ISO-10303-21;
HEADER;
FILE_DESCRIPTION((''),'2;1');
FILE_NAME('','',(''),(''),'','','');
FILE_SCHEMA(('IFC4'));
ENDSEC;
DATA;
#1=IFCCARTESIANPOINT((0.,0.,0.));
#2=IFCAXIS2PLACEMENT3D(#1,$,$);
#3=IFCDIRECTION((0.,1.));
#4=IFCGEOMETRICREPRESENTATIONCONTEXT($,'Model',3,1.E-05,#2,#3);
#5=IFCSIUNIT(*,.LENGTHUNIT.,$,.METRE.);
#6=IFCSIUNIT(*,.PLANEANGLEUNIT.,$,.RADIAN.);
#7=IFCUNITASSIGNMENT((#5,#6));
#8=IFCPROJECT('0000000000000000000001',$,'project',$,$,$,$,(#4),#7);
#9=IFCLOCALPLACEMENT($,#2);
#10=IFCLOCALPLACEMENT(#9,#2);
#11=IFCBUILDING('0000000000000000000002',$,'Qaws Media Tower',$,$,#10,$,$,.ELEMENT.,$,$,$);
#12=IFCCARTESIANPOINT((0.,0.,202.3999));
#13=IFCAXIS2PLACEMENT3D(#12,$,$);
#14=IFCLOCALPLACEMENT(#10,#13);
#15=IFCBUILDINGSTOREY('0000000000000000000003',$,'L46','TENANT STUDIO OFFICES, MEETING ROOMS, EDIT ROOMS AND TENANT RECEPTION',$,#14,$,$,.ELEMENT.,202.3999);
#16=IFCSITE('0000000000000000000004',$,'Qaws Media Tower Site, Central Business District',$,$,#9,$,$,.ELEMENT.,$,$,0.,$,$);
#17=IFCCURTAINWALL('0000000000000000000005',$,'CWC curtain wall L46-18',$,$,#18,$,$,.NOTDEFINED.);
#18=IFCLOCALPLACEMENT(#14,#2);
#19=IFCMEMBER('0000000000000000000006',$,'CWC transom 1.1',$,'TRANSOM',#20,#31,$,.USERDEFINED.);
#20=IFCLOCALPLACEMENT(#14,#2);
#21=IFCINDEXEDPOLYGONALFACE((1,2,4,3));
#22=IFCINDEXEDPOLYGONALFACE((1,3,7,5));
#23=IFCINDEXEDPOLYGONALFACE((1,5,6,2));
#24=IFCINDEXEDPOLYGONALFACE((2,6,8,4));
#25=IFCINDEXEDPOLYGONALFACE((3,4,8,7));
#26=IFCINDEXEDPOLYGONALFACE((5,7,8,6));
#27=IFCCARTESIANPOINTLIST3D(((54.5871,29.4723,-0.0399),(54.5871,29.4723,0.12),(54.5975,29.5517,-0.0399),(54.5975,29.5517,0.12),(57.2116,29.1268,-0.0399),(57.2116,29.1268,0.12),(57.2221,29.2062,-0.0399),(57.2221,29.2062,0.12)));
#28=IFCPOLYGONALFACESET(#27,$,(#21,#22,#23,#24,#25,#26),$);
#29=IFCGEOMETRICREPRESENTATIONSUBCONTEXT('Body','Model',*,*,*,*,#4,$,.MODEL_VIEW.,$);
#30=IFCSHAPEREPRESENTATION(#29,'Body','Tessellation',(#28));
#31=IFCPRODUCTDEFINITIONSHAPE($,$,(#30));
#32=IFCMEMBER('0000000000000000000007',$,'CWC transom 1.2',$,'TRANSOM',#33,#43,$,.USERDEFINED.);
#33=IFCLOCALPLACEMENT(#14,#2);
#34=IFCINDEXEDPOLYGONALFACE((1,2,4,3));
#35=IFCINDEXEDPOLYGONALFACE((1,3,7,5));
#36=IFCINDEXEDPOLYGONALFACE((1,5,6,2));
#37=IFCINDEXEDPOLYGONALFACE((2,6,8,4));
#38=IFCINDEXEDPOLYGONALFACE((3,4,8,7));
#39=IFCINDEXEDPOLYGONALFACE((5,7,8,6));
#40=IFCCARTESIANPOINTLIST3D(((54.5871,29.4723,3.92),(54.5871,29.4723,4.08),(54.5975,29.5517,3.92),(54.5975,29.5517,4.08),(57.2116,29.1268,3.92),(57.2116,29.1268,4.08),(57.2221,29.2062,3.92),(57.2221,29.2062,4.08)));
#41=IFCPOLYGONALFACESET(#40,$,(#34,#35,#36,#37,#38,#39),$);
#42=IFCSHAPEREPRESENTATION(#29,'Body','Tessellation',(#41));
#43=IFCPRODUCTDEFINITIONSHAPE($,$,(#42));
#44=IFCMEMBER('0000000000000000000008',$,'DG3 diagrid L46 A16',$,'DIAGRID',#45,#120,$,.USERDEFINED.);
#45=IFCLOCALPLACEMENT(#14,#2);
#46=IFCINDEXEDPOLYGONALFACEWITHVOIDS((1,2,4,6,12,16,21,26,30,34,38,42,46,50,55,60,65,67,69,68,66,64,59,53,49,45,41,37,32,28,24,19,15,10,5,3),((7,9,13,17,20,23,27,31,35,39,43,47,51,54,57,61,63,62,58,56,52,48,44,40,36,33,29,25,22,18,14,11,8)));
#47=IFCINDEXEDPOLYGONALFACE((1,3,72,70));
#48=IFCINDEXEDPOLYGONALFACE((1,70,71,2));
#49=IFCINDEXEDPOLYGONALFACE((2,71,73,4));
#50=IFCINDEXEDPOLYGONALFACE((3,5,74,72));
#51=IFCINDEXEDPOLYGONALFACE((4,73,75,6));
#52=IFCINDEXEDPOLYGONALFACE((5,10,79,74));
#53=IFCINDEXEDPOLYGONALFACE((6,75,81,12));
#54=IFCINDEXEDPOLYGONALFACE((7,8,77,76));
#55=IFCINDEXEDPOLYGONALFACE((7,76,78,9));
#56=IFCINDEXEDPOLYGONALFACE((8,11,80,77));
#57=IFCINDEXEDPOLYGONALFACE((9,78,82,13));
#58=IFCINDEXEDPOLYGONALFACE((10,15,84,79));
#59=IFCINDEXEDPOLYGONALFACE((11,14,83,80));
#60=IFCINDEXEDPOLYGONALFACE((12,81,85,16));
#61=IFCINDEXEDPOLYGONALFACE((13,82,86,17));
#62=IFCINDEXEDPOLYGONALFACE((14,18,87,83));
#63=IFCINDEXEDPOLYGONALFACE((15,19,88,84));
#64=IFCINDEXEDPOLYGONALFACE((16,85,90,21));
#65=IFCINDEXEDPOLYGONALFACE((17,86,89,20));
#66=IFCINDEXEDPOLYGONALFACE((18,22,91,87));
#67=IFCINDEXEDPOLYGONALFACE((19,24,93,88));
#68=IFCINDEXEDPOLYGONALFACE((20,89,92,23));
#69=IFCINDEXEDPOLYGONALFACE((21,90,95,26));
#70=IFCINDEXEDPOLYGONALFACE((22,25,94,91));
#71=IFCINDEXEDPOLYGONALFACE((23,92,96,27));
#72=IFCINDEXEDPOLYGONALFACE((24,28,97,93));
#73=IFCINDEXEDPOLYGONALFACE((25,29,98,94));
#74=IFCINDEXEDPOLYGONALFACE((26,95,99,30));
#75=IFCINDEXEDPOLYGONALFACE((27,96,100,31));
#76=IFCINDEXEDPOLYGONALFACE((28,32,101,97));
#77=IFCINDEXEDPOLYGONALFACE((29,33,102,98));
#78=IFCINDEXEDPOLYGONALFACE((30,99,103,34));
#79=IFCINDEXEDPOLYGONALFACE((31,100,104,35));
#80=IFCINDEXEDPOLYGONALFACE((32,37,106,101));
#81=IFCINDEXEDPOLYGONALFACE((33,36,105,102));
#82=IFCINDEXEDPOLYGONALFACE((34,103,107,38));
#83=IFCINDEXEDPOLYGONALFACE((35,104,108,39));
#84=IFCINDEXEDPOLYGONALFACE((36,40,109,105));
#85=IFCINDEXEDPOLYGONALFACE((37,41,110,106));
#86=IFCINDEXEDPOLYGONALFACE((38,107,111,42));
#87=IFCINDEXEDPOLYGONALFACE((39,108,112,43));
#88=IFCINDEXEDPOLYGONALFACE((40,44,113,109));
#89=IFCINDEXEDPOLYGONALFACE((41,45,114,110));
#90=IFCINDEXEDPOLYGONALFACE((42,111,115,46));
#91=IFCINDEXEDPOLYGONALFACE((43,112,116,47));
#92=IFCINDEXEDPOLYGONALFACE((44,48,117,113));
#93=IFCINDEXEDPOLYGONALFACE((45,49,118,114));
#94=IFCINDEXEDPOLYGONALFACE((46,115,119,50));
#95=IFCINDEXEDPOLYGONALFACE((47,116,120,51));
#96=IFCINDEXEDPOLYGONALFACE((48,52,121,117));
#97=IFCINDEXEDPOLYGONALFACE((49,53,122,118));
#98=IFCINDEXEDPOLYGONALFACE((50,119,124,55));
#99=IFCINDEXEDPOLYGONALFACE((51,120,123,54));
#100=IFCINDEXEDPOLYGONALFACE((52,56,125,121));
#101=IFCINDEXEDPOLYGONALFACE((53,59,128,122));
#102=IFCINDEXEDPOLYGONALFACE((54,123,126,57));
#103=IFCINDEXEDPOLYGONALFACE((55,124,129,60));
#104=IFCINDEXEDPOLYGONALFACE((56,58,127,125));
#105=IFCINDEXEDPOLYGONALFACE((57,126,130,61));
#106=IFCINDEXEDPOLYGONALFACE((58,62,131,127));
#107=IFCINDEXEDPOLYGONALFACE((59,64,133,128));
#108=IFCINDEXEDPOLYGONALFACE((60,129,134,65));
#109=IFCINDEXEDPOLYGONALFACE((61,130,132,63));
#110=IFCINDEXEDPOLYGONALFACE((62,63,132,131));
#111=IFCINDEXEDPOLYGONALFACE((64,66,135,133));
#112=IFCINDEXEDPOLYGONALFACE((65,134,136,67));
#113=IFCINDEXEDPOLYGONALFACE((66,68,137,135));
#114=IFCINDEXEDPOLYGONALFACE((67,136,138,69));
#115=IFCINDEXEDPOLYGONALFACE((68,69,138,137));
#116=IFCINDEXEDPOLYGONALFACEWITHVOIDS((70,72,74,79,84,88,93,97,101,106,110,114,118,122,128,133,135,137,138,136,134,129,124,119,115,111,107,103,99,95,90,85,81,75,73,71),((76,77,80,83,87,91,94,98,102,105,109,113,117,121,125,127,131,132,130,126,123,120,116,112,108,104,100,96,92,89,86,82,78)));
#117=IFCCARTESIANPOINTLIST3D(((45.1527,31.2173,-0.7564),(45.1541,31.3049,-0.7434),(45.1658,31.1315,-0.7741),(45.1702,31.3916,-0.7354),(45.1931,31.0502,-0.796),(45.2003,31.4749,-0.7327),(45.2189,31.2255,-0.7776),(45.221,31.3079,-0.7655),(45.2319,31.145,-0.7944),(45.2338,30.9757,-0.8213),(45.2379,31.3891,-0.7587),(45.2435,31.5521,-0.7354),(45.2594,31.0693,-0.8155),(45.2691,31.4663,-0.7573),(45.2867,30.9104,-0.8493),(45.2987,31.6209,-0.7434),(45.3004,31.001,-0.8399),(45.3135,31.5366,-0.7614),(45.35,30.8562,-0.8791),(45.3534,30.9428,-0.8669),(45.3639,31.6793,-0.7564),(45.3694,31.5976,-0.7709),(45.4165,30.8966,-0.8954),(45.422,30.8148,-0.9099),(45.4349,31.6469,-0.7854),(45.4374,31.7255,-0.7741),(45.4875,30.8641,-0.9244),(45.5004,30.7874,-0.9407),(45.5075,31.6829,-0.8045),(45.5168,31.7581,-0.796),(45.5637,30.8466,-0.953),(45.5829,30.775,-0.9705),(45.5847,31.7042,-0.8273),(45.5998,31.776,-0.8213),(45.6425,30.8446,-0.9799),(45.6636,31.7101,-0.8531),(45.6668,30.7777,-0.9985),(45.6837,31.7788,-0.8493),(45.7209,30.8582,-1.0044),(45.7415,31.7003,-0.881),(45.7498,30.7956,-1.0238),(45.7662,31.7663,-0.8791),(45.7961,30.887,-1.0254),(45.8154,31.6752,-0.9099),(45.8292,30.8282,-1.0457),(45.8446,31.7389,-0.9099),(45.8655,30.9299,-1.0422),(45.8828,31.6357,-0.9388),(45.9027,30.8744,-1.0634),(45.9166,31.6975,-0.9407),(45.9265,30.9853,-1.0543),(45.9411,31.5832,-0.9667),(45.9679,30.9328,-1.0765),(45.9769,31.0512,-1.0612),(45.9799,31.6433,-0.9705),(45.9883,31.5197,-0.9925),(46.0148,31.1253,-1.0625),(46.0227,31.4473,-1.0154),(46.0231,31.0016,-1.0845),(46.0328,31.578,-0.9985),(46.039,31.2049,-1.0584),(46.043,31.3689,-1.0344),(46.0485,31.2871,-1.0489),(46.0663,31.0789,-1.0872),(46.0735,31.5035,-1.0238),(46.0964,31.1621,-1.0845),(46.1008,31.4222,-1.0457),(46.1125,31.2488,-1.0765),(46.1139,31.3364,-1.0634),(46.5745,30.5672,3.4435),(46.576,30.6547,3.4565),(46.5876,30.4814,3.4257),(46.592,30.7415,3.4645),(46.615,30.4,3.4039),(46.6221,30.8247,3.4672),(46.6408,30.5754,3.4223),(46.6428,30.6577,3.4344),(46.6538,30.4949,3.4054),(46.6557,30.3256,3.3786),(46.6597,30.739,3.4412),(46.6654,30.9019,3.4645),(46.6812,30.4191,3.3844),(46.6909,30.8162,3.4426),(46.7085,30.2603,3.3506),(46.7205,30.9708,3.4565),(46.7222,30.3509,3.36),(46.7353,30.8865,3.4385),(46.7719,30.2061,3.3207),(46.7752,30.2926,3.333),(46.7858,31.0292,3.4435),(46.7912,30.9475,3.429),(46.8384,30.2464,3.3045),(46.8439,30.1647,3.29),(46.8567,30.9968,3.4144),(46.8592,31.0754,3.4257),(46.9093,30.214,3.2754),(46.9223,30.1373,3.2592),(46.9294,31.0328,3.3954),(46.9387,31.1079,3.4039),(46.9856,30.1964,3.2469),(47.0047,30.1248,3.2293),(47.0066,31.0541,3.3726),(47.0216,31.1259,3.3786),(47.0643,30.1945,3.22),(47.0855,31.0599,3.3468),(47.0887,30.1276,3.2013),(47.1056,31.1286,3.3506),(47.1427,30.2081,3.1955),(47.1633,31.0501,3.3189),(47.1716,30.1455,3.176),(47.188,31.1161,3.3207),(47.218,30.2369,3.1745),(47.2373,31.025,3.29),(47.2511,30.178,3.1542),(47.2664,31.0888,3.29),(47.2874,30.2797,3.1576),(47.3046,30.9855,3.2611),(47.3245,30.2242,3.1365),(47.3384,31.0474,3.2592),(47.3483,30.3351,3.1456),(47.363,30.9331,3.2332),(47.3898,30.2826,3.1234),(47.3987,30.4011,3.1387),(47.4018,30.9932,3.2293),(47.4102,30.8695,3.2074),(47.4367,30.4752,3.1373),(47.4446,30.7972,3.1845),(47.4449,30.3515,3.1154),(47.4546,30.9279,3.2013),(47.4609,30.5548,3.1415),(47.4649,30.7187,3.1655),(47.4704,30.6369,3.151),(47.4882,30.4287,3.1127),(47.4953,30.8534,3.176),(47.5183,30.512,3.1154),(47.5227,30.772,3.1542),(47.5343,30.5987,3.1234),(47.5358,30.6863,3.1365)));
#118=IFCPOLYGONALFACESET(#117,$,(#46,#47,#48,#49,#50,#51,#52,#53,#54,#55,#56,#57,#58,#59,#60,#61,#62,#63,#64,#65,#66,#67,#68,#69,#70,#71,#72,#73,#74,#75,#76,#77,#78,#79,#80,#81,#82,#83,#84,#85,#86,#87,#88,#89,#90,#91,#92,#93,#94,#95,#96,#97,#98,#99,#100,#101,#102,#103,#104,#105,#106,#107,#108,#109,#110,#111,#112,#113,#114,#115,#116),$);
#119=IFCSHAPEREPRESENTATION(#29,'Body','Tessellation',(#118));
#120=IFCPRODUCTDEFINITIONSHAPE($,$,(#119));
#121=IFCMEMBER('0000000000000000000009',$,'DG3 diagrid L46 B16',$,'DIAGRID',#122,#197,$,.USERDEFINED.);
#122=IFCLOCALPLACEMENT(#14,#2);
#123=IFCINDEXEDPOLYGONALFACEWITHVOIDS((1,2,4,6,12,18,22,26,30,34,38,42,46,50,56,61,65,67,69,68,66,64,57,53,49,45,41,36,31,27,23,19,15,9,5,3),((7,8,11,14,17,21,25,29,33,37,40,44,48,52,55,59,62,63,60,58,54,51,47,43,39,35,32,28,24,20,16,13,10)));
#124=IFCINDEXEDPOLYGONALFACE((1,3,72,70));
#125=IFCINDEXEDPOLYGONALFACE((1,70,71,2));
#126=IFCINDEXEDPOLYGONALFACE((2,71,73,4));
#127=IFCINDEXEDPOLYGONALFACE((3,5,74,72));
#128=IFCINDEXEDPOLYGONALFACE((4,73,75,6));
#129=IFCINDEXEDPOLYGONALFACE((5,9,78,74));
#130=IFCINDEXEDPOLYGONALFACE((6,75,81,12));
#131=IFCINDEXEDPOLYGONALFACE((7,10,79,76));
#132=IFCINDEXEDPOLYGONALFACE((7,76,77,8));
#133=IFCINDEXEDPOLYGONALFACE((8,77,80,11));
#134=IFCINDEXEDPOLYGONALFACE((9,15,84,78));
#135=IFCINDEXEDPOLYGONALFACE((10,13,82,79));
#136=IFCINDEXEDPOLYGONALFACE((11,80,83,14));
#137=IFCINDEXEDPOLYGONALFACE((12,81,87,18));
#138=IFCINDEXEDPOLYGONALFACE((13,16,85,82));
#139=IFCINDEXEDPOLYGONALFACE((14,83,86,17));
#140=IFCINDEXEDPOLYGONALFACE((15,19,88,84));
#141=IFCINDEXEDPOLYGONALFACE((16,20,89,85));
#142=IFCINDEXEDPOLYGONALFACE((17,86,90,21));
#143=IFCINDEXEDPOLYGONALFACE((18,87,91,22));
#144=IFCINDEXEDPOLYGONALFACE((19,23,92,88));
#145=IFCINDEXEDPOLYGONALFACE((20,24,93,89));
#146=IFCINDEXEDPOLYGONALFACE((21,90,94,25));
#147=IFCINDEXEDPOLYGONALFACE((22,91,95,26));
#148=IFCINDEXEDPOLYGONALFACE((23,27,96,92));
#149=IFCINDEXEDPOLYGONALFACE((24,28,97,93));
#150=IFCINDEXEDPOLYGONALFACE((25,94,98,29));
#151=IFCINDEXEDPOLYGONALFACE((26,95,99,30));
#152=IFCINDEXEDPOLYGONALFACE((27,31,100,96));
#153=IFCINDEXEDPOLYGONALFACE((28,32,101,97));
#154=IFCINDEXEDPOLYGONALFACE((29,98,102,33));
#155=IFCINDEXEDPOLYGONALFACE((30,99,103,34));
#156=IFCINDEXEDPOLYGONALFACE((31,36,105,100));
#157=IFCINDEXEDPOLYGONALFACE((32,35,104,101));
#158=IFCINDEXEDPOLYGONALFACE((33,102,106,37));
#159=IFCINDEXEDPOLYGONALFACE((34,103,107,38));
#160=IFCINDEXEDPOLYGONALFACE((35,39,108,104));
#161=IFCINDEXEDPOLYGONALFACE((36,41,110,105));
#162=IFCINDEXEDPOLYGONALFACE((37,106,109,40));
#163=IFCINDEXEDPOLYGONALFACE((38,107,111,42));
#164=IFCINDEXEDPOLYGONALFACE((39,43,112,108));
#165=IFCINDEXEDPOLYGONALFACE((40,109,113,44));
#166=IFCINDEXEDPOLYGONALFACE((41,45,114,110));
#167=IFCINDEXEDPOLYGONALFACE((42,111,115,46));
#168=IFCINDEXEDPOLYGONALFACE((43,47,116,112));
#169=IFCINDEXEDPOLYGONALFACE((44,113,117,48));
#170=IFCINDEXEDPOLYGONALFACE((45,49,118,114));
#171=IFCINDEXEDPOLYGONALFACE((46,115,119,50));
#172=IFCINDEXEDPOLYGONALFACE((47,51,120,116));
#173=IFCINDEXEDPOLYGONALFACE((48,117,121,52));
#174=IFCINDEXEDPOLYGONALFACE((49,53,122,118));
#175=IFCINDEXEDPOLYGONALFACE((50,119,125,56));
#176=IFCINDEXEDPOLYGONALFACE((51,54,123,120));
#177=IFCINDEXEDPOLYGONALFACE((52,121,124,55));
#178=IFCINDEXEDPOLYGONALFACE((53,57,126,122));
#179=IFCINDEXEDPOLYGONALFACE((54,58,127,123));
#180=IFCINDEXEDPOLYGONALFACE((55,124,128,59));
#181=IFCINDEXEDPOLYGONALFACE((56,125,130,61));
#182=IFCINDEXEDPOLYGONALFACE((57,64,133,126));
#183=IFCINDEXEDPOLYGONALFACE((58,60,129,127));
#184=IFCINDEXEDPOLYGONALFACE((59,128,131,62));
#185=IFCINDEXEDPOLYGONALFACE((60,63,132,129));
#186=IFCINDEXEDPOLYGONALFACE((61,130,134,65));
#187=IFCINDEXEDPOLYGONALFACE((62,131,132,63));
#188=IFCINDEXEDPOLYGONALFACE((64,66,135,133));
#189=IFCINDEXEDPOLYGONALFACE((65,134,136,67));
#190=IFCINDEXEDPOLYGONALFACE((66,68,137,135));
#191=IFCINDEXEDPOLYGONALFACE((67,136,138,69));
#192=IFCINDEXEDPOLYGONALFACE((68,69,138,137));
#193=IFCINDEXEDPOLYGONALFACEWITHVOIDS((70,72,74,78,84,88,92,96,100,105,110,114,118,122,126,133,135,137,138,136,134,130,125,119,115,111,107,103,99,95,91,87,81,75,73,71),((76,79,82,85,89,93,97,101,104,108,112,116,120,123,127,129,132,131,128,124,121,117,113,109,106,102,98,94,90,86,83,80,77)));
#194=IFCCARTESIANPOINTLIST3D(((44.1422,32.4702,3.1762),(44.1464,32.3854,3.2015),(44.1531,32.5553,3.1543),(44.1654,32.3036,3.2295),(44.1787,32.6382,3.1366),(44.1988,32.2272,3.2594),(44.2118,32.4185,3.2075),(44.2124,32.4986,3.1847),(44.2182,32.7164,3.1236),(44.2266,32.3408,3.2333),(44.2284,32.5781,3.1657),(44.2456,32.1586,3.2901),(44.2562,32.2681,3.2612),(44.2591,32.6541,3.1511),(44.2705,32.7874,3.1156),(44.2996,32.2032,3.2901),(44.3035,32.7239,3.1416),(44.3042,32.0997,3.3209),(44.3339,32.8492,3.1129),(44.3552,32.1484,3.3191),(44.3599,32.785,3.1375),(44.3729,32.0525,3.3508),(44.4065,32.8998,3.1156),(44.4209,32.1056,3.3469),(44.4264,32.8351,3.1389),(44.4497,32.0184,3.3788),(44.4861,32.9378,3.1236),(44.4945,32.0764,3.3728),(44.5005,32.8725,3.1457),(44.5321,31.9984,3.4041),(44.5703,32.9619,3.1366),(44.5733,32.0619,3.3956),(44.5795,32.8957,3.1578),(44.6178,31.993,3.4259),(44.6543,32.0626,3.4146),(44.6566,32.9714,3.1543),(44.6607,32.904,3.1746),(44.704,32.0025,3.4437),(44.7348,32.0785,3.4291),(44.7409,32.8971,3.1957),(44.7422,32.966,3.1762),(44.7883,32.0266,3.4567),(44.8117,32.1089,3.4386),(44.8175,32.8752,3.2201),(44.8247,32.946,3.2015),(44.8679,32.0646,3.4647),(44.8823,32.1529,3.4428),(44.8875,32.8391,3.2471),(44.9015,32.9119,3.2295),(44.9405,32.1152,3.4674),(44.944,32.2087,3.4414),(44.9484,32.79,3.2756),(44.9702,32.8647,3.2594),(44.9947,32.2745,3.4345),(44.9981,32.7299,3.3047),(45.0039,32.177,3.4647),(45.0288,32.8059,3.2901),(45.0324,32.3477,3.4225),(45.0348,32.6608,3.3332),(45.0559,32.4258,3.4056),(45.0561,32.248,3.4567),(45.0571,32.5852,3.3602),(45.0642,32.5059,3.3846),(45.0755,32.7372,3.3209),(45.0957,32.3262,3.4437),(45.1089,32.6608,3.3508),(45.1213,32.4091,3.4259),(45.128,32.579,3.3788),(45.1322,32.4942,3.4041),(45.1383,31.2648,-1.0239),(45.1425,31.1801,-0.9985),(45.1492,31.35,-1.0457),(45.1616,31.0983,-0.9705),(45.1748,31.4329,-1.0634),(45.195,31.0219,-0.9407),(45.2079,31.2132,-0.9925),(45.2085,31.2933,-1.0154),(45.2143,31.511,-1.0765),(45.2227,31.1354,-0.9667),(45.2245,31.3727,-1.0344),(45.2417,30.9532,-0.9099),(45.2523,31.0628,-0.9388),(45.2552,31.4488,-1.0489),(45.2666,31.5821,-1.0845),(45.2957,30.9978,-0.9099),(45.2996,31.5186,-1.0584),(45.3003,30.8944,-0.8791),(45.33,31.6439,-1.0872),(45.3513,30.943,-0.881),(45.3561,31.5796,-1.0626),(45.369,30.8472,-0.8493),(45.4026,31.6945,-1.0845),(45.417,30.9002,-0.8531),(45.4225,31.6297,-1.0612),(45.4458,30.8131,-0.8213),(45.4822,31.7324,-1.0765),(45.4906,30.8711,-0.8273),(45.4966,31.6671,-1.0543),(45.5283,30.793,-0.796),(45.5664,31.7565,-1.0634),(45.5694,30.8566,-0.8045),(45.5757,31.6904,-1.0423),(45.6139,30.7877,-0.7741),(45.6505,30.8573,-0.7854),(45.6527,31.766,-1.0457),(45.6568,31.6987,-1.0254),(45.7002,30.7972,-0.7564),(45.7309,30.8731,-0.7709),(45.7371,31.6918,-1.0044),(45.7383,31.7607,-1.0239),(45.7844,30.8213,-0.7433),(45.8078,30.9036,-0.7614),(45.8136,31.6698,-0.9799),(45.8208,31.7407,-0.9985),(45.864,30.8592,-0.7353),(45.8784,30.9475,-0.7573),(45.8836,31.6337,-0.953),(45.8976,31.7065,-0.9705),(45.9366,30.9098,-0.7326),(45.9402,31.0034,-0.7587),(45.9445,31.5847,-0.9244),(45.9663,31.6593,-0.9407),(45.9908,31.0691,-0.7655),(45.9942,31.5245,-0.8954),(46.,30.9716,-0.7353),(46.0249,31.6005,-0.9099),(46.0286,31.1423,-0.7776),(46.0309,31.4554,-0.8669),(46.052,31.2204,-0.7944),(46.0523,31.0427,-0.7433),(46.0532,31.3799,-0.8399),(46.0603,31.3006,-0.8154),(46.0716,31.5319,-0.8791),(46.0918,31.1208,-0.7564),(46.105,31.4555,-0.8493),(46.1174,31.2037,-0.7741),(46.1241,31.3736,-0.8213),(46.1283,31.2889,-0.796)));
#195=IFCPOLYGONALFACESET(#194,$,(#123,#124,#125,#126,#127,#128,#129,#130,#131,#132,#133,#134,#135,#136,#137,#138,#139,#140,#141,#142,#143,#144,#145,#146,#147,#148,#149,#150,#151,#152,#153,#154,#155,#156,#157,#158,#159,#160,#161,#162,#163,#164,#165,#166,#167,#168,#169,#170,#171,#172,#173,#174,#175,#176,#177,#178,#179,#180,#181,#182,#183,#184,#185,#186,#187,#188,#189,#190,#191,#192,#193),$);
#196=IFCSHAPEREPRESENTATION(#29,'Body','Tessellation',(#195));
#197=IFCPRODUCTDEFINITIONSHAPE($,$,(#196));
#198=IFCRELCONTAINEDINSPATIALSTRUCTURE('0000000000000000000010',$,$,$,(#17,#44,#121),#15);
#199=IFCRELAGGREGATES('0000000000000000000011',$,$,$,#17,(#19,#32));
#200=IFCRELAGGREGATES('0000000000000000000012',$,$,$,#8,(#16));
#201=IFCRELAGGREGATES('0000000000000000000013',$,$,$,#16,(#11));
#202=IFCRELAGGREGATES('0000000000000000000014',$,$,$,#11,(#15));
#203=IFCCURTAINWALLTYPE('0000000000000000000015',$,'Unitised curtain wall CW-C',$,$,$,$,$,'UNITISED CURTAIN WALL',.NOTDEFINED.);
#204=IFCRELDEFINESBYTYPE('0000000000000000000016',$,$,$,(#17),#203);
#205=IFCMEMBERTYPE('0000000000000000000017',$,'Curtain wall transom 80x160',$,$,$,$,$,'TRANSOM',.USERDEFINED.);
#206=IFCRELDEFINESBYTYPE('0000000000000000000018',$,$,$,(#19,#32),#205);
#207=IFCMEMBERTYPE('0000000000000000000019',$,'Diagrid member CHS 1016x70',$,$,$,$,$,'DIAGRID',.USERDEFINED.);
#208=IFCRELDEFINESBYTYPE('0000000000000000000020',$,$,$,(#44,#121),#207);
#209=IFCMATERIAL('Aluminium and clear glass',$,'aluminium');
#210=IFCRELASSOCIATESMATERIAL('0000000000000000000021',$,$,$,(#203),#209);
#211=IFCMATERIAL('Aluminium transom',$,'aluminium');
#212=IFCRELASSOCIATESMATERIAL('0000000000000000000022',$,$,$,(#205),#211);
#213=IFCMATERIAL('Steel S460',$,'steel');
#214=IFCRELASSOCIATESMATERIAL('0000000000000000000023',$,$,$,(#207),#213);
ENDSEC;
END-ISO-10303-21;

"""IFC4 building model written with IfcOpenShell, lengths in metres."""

from ifc_helpers import new_model, si_unit, direction, frame, origin, origin_2d, place, context, subcontext, project, spatial, rectangle, hollow_circle, extrude, material, material_profile, profile_set, type_object, element, aggregate, save


model = new_model("IFC4")

# Units and contexts
model_context = context("Model", 3, precision=1e-05, world=origin(), true_north=direction((0.0, 1.0)))
body_context = subcontext(model_context, "Body", "Model", "MODEL_VIEW")
ifc_project = project(units=[si_unit("LENGTHUNIT", "METRE"), si_unit("PLANEANGLEUNIT", "RADIAN")], contexts=[model_context])

# Site, building, storey
site_placement = place(None, origin())
site = spatial("IfcSite", under=ifc_project, at=site_placement, Name="Qaws Media Tower Site, Central Business District", CompositionType="ELEMENT", RefElevation=0.0)
building_placement = place(site_placement, origin())
building = spatial("IfcBuilding", under=site, at=building_placement, Name="Qaws Media Tower", CompositionType="ELEMENT")
storey_placement = place(building_placement, frame((0.0, 0.0, 202.3999)))
storey = spatial("IfcBuildingStorey", under=building, at=storey_placement, Name="L46", Description="TENANT STUDIO OFFICES, MEETING ROOMS, EDIT ROOMS AND TENANT RECEPTION", CompositionType="ELEMENT", Elevation=202.3999)

# Shared definitions
ifc_material_1 = material(Name="Aluminium and clear glass", Category="aluminium")
curtain_wall_type = type_object("IfcCurtainWallType", Name="Unitised curtain wall CW-C", ElementType="UNITISED CURTAIN WALL", PredefinedType="NOTDEFINED", material=ifc_material_1)

# Curtain wall
curtain_wall_1_placement = place(storey_placement, origin())
curtain_wall_1 = element("IfcCurtainWall", 1, at=curtain_wall_1_placement, inside=storey, type_object=curtain_wall_type, Name="CWC curtain wall L46-18", PredefinedType="NOTDEFINED")

# Members
ifc_material_2 = material(Name="Aluminium transom", Category="aluminium")
ifc_material_profile_1 = material_profile(ifc_material_2, rectangle(XDim=0.0801, YDim=0.1599, at=origin_2d()), Name="80x160")
ifc_profile_set_1 = profile_set([ifc_material_profile_1], Name="Aluminium transom")
member_type_1 = type_object("IfcMemberType", Name="Curtain wall transom 80x160", ElementType="TRANSOM", PredefinedType="USERDEFINED", material=ifc_profile_set_1)
member_1_placement = place(storey_placement, frame((54.5923, 29.512, 0.04), z_axis=(0.991448, -0.130502, 0.0), x_axis=(0.130502, 0.991448, 0.0)))
member_1 = element("IfcMember", 2, at=member_1_placement, type_object=member_type_1, Name="CWC transom 1.1", ObjectType="TRANSOM", PredefinedType="USERDEFINED", context=body_context, shape_type="SweptSolid", body=[
    extrude(rectangle(XDim=0.0801, YDim=0.1599, at=origin_2d()), origin(), (0.0, 0.0, 1.0), 2.6472),
])
member_2_placement = place(storey_placement, frame((54.5923, 29.512, 4.0), z_axis=(0.991448, -0.130502, 0.0), x_axis=(0.130502, 0.991448, 0.0)))
member_2 = element("IfcMember", 3, at=member_2_placement, type_object=member_type_1, Name="CWC transom 1.2", ObjectType="TRANSOM", PredefinedType="USERDEFINED", context=body_context, shape_type="SweptSolid", body=[
    extrude(rectangle(XDim=0.0801, YDim=0.1599, at=origin_2d()), origin(), (0.0, 0.0, 1.0), 2.6472),
])
aggregate(curtain_wall_1, [member_1, member_2])

# Members
ifc_material_3 = material(Name="Steel S460", Category="steel")
ifc_material_profile_2 = material_profile(ifc_material_3, hollow_circle(Radius=0.5081, WallThickness=0.0701, at=origin_2d()), Name="CHS 1016x70")
ifc_profile_set_2 = profile_set([ifc_material_profile_2], Name="Steel S460")
member_type_2 = type_object("IfcMemberType", Name="Diagrid member CHS 1016x70", ElementType="DIAGRID", PredefinedType="USERDEFINED", material=ifc_profile_set_2)
member_3_placement = place(storey_placement, frame((45.6333, 31.2769, -0.9099), z_axis=(0.317275, -0.145073, 0.937171), x_axis=(0.415837, 0.909439, 0.0)))
element("IfcMember", 4, at=member_3_placement, inside=storey, type_object=member_type_2, Name="DG3 diagrid L46 A16", ObjectType="DIAGRID", PredefinedType="USERDEFINED", context=body_context, shape_type="SweptSolid", body=[
    extrude(hollow_circle(Radius=0.5081, WallThickness=0.0701, at=origin_2d()), origin(), (0.0, 0.0, 1.0), 4.4814),
])
member_4_placement = place(storey_placement, frame((45.6333, 31.2769, -0.9099), z_axis=(-0.222264, 0.26895, 0.937158), x_axis=(-0.770838, -0.637031, 0.0)))
element("IfcMember", 5, at=member_4_placement, inside=storey, type_object=member_type_2, Name="DG3 diagrid L46 B16", ObjectType="DIAGRID", PredefinedType="USERDEFINED", context=body_context, shape_type="SweptSolid", body=[
    extrude(hollow_circle(Radius=0.5081, WallThickness=0.0701, at=origin_2d()), origin(), (0.0, 0.0, 1.0), 4.4817),
])

save(model, "model.ifc")
